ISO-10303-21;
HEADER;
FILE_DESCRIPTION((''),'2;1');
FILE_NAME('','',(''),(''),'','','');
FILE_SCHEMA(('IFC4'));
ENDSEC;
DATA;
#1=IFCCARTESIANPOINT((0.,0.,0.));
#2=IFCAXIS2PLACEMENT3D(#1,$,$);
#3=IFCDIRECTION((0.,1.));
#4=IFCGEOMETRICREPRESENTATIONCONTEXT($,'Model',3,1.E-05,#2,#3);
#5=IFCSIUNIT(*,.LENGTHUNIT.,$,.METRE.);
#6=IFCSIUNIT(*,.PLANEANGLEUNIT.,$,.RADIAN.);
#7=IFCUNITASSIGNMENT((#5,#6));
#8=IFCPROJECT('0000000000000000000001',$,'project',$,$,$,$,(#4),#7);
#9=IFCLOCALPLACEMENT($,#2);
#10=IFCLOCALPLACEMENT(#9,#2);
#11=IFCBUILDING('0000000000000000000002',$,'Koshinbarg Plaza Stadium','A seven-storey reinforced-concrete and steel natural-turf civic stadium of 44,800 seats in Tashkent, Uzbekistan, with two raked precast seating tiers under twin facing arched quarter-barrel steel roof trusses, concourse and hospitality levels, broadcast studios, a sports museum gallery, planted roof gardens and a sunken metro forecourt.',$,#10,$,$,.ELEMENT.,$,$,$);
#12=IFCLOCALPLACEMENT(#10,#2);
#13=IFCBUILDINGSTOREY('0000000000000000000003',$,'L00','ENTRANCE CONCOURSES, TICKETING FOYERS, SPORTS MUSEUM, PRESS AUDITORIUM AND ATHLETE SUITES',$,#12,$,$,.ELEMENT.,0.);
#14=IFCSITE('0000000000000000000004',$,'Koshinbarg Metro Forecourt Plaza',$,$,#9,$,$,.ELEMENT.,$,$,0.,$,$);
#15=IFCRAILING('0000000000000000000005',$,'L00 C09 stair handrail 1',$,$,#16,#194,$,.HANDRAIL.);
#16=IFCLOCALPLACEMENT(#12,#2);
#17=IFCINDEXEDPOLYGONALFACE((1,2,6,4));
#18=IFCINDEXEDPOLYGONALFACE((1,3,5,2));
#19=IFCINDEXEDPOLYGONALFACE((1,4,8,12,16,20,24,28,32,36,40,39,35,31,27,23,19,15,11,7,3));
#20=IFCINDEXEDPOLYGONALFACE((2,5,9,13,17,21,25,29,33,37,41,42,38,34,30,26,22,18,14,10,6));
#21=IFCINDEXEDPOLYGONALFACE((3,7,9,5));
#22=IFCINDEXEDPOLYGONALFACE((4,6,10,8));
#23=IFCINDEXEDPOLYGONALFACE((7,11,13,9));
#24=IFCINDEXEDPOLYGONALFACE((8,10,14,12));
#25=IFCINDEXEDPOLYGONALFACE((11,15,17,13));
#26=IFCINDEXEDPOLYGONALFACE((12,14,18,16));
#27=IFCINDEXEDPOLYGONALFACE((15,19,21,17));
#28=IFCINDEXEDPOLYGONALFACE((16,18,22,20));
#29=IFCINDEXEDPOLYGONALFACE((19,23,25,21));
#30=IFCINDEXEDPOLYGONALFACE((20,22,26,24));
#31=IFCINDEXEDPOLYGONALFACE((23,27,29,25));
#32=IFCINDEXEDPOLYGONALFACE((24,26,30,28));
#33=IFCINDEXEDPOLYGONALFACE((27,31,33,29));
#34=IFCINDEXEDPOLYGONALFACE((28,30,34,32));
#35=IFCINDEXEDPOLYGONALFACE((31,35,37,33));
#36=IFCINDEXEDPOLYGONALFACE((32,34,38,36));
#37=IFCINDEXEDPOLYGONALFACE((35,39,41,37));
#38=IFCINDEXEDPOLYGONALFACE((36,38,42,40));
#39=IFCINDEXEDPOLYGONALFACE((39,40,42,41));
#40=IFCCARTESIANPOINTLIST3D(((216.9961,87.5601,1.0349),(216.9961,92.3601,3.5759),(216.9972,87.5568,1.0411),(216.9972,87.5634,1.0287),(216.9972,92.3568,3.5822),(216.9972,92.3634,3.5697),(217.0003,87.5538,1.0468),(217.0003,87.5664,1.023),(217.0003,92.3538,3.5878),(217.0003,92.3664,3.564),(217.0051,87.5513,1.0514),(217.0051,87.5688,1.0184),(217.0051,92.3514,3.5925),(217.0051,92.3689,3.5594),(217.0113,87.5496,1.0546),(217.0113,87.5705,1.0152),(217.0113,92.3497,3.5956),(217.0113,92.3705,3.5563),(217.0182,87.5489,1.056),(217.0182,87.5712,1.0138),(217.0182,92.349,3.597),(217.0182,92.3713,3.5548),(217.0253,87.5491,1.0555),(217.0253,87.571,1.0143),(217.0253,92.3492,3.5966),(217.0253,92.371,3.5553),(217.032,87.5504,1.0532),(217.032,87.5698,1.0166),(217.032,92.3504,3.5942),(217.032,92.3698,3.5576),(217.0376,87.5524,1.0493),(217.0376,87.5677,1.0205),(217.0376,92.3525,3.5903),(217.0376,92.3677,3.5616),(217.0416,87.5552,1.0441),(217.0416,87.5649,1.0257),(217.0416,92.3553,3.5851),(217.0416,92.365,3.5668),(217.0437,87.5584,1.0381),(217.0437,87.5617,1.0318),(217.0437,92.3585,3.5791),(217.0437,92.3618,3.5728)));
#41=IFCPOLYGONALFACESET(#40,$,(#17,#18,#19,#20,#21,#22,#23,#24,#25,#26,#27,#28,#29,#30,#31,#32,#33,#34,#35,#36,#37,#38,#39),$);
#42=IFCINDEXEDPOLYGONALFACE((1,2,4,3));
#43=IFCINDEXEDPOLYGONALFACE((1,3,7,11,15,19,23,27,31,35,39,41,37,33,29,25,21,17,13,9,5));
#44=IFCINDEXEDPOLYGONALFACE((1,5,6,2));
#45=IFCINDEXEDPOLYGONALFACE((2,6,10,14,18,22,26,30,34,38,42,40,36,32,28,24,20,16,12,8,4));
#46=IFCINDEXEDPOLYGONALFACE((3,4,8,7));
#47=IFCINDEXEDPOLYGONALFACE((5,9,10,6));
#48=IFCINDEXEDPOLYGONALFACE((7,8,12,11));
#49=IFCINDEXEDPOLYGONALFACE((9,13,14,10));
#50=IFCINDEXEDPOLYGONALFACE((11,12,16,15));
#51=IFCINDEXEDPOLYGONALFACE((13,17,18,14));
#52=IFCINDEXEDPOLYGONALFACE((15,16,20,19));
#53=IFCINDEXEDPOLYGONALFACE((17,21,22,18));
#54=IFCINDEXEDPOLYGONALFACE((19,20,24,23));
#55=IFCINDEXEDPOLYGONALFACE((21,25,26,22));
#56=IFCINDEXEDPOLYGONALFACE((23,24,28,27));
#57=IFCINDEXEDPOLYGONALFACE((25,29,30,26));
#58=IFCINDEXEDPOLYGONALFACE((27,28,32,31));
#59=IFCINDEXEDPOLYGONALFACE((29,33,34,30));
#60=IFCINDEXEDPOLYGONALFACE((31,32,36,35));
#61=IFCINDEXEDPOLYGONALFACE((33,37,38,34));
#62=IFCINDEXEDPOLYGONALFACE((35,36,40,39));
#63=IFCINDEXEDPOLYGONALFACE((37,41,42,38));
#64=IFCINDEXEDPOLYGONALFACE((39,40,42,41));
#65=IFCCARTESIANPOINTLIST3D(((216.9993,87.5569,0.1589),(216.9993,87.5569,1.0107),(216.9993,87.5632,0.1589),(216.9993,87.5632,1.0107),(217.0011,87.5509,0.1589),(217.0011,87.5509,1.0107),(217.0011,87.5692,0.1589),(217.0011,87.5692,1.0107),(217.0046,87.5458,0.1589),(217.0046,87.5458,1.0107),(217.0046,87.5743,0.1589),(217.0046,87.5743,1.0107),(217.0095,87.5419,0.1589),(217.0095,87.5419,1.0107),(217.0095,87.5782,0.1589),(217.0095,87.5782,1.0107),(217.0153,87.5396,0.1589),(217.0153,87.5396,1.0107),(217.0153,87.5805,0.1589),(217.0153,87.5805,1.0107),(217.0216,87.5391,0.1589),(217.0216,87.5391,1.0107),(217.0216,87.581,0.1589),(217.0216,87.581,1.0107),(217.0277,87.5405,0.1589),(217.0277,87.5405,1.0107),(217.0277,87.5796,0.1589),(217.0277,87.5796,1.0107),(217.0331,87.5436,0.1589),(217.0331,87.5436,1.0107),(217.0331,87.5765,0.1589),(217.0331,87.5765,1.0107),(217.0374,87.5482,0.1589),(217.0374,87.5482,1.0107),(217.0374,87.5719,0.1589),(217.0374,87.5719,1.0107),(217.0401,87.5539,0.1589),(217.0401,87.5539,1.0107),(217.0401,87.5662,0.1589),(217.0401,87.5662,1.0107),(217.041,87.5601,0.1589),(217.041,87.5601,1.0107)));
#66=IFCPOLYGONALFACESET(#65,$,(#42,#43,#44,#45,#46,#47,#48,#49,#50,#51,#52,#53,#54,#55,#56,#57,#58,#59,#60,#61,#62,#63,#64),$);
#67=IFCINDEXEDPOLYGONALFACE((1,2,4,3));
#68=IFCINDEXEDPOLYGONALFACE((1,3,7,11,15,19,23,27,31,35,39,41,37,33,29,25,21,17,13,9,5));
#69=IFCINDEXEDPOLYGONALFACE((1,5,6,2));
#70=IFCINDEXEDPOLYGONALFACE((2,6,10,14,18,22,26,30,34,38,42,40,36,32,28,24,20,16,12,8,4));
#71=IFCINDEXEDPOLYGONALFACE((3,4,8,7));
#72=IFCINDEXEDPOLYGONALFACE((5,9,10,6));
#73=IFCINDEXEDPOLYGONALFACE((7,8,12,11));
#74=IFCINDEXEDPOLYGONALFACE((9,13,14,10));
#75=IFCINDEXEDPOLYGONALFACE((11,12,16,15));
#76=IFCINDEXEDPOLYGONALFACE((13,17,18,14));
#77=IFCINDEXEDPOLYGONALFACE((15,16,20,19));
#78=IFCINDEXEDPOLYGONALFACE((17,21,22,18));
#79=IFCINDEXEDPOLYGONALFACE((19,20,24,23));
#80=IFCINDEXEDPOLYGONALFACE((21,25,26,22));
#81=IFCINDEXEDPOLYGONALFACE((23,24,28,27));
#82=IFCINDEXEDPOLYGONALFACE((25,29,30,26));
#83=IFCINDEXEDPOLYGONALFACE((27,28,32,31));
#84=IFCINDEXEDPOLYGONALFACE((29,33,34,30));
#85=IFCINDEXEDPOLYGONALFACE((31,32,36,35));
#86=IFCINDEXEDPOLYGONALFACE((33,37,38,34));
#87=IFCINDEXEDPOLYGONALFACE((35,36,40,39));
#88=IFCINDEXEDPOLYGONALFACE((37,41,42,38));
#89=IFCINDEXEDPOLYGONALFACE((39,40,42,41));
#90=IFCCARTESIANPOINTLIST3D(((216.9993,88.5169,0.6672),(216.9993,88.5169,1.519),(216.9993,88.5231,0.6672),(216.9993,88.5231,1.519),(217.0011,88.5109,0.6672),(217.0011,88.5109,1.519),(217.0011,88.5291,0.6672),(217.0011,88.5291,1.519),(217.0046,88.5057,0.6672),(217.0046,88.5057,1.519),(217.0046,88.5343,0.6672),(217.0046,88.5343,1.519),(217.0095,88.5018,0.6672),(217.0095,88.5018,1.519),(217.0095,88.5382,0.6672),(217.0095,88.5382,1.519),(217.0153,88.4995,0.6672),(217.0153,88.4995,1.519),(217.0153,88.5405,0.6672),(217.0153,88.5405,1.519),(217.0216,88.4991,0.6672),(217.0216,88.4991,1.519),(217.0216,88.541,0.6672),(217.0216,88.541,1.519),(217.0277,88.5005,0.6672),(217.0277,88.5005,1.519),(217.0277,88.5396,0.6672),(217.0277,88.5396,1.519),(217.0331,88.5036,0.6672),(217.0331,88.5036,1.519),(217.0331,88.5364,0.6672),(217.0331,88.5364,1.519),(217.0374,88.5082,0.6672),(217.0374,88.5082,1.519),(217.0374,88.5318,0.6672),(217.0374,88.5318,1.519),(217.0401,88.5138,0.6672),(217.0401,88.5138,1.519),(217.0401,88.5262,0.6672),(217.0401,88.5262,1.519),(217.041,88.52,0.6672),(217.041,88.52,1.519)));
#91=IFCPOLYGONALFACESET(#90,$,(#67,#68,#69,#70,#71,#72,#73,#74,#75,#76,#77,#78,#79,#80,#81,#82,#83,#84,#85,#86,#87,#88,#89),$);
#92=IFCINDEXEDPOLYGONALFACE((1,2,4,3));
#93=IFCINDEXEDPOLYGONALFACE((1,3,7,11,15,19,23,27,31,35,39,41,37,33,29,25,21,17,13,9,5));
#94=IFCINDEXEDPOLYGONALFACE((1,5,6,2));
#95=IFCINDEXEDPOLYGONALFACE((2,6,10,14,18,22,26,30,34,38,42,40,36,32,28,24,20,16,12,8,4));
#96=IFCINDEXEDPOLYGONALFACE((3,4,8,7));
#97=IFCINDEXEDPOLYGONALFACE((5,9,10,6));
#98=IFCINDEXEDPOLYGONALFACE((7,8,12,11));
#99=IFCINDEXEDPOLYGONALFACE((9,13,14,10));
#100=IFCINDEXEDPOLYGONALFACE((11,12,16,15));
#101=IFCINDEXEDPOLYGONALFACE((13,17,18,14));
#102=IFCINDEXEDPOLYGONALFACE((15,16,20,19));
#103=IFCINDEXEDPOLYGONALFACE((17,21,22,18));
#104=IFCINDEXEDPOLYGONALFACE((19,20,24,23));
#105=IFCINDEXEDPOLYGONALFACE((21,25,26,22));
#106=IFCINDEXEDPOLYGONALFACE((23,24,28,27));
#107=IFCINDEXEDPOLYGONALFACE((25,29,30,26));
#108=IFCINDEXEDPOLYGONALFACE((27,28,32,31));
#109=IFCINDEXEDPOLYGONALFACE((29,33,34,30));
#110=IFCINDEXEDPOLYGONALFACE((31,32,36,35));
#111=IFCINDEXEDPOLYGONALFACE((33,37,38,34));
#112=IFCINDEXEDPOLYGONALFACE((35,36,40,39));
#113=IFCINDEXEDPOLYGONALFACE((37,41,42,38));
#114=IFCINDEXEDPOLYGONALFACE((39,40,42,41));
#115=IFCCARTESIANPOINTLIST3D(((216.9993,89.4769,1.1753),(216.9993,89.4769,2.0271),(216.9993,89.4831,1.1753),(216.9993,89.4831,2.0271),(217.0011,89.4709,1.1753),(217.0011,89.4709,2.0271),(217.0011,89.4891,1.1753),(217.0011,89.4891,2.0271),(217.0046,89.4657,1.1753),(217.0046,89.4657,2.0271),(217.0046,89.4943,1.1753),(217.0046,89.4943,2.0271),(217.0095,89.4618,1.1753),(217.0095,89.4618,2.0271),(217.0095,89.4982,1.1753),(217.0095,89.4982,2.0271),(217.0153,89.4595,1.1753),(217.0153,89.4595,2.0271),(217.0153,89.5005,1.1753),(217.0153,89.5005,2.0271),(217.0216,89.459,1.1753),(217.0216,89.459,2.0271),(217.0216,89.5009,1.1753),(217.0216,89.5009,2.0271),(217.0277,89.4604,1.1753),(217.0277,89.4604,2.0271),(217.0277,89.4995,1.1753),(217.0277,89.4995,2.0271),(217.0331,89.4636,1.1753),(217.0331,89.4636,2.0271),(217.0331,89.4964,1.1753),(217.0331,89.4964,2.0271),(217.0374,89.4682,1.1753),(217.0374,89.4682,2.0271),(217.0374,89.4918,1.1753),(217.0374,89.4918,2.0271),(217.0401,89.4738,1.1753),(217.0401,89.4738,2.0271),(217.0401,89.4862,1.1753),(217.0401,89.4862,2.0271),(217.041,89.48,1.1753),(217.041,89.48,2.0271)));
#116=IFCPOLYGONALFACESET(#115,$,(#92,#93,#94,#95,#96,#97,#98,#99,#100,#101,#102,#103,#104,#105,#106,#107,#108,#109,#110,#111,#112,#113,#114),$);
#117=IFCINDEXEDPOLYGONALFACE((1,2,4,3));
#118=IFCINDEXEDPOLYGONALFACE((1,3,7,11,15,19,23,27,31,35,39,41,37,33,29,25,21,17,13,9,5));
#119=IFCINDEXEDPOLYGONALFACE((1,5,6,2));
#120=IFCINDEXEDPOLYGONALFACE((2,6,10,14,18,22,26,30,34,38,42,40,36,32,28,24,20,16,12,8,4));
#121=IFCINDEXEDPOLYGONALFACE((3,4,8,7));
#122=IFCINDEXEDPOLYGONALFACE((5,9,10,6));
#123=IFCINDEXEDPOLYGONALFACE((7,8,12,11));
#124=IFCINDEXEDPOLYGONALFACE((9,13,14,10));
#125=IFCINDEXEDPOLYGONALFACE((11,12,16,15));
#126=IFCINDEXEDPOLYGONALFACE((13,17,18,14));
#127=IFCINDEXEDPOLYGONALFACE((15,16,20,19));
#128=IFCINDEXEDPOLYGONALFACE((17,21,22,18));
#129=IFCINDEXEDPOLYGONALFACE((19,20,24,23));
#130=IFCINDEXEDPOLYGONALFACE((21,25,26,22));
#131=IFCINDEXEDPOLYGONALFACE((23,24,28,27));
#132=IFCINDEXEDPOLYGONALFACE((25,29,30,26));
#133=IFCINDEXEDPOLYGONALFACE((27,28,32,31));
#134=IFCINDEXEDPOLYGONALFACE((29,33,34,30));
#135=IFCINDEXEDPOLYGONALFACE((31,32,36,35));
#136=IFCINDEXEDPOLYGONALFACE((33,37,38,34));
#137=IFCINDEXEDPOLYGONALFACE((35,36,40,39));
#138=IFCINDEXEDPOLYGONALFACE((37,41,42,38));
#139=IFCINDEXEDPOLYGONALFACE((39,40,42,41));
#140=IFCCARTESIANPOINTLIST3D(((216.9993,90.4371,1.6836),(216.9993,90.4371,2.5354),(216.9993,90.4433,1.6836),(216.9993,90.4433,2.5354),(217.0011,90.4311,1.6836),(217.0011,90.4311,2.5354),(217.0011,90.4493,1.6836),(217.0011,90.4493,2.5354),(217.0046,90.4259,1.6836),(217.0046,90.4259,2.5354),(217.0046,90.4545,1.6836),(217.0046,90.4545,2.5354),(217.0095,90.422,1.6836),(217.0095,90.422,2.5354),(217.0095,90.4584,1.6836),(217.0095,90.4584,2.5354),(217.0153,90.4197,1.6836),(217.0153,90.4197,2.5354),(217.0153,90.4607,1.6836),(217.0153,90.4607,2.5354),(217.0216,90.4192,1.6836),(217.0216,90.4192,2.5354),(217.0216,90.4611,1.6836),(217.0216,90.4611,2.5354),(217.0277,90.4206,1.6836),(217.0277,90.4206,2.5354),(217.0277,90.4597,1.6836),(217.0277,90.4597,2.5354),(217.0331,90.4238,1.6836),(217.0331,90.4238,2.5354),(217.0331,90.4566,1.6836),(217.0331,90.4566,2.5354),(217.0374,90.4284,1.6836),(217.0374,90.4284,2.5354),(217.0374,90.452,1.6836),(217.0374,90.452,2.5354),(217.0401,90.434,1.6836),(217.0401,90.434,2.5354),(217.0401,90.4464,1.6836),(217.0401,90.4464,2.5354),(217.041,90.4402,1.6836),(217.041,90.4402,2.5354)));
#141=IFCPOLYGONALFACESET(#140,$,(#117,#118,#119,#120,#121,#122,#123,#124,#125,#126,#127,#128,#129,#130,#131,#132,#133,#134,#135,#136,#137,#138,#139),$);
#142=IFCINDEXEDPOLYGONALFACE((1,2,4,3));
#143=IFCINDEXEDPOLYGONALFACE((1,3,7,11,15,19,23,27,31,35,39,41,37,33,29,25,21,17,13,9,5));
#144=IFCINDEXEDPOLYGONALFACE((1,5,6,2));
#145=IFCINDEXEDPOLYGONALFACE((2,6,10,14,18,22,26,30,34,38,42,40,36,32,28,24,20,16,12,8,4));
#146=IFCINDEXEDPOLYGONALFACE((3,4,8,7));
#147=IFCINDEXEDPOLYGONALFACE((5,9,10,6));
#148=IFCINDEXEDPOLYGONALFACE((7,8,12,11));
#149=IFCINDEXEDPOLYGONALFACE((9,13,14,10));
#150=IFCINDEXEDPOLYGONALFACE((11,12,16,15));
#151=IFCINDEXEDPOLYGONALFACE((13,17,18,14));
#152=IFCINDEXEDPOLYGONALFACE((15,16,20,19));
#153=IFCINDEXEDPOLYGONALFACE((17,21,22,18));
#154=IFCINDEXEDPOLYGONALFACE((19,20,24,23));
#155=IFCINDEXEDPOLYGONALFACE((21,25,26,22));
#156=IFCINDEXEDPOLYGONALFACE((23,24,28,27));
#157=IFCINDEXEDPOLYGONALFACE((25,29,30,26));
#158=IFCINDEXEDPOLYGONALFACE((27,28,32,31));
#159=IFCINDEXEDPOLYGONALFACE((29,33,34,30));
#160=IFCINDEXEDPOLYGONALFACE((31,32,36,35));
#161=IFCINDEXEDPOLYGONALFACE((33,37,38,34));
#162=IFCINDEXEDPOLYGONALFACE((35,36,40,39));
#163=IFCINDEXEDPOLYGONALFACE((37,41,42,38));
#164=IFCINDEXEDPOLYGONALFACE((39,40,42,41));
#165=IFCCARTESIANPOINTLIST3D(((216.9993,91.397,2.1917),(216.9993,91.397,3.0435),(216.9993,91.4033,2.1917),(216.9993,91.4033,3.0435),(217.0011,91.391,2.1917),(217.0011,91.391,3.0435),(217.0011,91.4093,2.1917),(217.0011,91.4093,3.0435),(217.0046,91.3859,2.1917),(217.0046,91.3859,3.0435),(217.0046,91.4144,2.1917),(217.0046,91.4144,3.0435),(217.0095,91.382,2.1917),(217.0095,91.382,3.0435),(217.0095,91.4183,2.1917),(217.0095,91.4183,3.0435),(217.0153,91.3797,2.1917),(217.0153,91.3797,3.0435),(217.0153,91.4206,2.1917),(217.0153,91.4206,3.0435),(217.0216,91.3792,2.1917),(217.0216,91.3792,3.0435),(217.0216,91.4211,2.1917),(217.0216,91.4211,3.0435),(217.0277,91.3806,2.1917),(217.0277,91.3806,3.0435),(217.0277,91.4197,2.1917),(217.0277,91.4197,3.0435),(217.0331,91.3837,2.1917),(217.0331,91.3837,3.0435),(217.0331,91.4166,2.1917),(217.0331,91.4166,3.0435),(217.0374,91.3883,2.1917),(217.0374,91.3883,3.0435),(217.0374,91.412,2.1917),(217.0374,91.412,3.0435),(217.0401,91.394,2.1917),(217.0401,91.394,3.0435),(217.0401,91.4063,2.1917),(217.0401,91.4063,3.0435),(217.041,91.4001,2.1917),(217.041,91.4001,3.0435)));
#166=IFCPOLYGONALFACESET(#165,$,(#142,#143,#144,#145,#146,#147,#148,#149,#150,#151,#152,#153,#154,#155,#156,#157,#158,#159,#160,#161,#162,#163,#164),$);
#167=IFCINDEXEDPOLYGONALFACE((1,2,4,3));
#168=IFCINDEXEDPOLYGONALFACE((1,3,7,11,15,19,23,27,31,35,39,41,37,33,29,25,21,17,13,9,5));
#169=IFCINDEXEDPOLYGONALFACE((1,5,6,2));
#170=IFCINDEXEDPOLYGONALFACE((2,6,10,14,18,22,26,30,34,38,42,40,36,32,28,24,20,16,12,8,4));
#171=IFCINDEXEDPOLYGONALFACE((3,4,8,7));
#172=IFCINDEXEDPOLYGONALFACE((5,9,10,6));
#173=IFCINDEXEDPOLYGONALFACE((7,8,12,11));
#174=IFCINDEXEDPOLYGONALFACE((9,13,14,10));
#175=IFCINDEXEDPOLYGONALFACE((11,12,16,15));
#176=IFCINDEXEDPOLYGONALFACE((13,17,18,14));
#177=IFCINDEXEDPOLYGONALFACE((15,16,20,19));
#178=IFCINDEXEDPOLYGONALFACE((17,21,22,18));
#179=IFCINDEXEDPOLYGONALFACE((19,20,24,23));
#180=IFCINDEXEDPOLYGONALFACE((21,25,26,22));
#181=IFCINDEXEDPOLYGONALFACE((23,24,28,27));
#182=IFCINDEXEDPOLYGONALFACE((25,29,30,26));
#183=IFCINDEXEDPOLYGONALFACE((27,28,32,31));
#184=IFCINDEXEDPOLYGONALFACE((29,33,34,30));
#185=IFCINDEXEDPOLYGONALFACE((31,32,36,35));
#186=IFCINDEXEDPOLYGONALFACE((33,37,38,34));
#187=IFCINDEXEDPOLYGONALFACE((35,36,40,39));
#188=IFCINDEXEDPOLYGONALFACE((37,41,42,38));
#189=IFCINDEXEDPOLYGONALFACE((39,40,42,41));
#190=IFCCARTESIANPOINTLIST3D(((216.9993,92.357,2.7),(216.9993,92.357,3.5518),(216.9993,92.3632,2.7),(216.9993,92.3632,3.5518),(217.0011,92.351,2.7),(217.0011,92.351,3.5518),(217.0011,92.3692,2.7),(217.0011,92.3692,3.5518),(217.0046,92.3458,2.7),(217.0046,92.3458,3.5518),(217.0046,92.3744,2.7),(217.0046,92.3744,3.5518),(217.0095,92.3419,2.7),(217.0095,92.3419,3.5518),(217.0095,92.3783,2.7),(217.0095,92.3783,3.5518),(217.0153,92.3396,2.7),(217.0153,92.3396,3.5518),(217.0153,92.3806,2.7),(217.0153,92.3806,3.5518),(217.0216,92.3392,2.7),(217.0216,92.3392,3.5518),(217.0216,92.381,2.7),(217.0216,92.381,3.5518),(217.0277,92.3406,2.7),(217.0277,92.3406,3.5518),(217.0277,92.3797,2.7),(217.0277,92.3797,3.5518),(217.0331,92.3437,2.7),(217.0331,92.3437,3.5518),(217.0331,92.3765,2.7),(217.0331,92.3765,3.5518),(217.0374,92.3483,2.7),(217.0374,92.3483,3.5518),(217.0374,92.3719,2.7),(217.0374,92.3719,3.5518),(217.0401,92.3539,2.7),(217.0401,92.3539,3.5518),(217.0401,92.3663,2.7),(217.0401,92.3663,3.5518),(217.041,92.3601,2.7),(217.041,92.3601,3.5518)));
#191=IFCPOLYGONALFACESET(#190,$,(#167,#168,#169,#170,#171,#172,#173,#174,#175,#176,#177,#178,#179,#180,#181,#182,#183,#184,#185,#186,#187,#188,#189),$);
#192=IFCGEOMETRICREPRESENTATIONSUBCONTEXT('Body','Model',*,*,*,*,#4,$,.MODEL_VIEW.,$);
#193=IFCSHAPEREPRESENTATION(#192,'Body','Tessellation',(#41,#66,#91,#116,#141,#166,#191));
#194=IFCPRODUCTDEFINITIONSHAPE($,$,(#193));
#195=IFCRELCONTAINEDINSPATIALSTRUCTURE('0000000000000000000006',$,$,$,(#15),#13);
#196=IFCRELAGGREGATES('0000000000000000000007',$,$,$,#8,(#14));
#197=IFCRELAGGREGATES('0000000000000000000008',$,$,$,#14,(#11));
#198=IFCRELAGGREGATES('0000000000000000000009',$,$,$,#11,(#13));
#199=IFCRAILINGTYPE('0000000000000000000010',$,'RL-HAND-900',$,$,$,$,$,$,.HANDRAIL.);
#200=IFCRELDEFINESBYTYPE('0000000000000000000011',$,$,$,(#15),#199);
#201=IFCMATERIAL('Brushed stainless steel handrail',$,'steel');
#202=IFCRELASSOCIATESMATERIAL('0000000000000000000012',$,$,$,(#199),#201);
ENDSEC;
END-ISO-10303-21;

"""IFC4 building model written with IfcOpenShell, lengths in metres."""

from ifc_helpers import new_model, si_unit, direction, frame, origin, origin_2d, place, context, subcontext, project, spatial, circle, extrude, material, type_object, element, save


model = new_model("IFC4")

# Units and contexts
model_context = context("Model", 3, precision=1e-05, world=origin(), true_north=direction((0.0, 1.0)))
body_context = subcontext(model_context, "Body", "Model", "MODEL_VIEW")
ifc_project = project(units=[si_unit("LENGTHUNIT", "METRE"), si_unit("PLANEANGLEUNIT", "RADIAN")], contexts=[model_context])

# Site, building, storey
site_placement = place(None, origin())
site = spatial("IfcSite", under=ifc_project, at=site_placement, Name="Koshinbarg Metro Forecourt Plaza", CompositionType="ELEMENT", RefElevation=0.0)
building_placement = place(site_placement, origin())
building = spatial("IfcBuilding", under=site, at=building_placement, Name="Koshinbarg Plaza Stadium", Description="A seven-storey reinforced-concrete and steel natural-turf civic stadium of 44,800 seats in Tashkent, Uzbekistan, with two raked precast seating tiers under twin facing arched quarter-barrel steel roof trusses, concourse and hospitality levels, broadcast studios, a sports museum gallery, planted roof gardens and a sunken metro forecourt.", CompositionType="ELEMENT")
storey_placement = place(building_placement, origin())
storey = spatial("IfcBuildingStorey", under=building, at=storey_placement, Name="L00", Description="ENTRANCE CONCOURSES, TICKETING FOYERS, SPORTS MUSEUM, PRESS AUDITORIUM AND ATHLETE SUITES", CompositionType="ELEMENT", Elevation=0.0)

# Railing
ifc_material_1 = material(Name="Brushed stainless steel handrail", Category="steel")
railing_type_1 = type_object("IfcRailingType", Name="RL-HAND-900", PredefinedType="HANDRAIL", material=ifc_material_1)
for number, where, name in (
    (1, (217.02, 87.5601, 0.1589), "L00 C09 stair handrail 1"),
):
    element("IfcRailing", number, at=place(storey_placement, frame(where)), inside=storey, type_object=railing_type_1, Name=name, PredefinedType="HANDRAIL", context=body_context, shape_type="SweptSolid", body=[
        extrude(circle(Radius=0.0239, at=origin_2d()), frame((0.0, 0.0, 0.876), z_axis=(0.0, 0.883802, 0.467861), x_axis=(-1.0, 0.0, 0.0)), (0.0, 0.0, 1.0), 5.4312),
        extrude(circle(Radius=0.021, at=origin_2d()), origin(), (0.0, 0.0, 1.0), 0.8518),
        extrude(circle(Radius=0.021, at=origin_2d()), frame((0.0, 0.96, 0.5083)), (0.0, 0.0, 1.0), 0.8518),
        extrude(circle(Radius=0.021, at=origin_2d()), frame((0.0, 1.9199, 1.0164)), (0.0, 0.0, 1.0), 0.8518),
        extrude(circle(Radius=0.021, at=origin_2d()), frame((0.0, 2.8801, 1.5247)), (0.0, 0.0, 1.0), 0.8518),
        extrude(circle(Radius=0.021, at=origin_2d()), frame((0.0, 3.8401, 2.0327)), (0.0, 0.0, 1.0), 0.8518),
        extrude(circle(Radius=0.021, at=origin_2d()), frame((0.0, 4.8, 2.541)), (0.0, 0.0, 1.0), 0.8518),
    ])

save(model, "model.ifc")
